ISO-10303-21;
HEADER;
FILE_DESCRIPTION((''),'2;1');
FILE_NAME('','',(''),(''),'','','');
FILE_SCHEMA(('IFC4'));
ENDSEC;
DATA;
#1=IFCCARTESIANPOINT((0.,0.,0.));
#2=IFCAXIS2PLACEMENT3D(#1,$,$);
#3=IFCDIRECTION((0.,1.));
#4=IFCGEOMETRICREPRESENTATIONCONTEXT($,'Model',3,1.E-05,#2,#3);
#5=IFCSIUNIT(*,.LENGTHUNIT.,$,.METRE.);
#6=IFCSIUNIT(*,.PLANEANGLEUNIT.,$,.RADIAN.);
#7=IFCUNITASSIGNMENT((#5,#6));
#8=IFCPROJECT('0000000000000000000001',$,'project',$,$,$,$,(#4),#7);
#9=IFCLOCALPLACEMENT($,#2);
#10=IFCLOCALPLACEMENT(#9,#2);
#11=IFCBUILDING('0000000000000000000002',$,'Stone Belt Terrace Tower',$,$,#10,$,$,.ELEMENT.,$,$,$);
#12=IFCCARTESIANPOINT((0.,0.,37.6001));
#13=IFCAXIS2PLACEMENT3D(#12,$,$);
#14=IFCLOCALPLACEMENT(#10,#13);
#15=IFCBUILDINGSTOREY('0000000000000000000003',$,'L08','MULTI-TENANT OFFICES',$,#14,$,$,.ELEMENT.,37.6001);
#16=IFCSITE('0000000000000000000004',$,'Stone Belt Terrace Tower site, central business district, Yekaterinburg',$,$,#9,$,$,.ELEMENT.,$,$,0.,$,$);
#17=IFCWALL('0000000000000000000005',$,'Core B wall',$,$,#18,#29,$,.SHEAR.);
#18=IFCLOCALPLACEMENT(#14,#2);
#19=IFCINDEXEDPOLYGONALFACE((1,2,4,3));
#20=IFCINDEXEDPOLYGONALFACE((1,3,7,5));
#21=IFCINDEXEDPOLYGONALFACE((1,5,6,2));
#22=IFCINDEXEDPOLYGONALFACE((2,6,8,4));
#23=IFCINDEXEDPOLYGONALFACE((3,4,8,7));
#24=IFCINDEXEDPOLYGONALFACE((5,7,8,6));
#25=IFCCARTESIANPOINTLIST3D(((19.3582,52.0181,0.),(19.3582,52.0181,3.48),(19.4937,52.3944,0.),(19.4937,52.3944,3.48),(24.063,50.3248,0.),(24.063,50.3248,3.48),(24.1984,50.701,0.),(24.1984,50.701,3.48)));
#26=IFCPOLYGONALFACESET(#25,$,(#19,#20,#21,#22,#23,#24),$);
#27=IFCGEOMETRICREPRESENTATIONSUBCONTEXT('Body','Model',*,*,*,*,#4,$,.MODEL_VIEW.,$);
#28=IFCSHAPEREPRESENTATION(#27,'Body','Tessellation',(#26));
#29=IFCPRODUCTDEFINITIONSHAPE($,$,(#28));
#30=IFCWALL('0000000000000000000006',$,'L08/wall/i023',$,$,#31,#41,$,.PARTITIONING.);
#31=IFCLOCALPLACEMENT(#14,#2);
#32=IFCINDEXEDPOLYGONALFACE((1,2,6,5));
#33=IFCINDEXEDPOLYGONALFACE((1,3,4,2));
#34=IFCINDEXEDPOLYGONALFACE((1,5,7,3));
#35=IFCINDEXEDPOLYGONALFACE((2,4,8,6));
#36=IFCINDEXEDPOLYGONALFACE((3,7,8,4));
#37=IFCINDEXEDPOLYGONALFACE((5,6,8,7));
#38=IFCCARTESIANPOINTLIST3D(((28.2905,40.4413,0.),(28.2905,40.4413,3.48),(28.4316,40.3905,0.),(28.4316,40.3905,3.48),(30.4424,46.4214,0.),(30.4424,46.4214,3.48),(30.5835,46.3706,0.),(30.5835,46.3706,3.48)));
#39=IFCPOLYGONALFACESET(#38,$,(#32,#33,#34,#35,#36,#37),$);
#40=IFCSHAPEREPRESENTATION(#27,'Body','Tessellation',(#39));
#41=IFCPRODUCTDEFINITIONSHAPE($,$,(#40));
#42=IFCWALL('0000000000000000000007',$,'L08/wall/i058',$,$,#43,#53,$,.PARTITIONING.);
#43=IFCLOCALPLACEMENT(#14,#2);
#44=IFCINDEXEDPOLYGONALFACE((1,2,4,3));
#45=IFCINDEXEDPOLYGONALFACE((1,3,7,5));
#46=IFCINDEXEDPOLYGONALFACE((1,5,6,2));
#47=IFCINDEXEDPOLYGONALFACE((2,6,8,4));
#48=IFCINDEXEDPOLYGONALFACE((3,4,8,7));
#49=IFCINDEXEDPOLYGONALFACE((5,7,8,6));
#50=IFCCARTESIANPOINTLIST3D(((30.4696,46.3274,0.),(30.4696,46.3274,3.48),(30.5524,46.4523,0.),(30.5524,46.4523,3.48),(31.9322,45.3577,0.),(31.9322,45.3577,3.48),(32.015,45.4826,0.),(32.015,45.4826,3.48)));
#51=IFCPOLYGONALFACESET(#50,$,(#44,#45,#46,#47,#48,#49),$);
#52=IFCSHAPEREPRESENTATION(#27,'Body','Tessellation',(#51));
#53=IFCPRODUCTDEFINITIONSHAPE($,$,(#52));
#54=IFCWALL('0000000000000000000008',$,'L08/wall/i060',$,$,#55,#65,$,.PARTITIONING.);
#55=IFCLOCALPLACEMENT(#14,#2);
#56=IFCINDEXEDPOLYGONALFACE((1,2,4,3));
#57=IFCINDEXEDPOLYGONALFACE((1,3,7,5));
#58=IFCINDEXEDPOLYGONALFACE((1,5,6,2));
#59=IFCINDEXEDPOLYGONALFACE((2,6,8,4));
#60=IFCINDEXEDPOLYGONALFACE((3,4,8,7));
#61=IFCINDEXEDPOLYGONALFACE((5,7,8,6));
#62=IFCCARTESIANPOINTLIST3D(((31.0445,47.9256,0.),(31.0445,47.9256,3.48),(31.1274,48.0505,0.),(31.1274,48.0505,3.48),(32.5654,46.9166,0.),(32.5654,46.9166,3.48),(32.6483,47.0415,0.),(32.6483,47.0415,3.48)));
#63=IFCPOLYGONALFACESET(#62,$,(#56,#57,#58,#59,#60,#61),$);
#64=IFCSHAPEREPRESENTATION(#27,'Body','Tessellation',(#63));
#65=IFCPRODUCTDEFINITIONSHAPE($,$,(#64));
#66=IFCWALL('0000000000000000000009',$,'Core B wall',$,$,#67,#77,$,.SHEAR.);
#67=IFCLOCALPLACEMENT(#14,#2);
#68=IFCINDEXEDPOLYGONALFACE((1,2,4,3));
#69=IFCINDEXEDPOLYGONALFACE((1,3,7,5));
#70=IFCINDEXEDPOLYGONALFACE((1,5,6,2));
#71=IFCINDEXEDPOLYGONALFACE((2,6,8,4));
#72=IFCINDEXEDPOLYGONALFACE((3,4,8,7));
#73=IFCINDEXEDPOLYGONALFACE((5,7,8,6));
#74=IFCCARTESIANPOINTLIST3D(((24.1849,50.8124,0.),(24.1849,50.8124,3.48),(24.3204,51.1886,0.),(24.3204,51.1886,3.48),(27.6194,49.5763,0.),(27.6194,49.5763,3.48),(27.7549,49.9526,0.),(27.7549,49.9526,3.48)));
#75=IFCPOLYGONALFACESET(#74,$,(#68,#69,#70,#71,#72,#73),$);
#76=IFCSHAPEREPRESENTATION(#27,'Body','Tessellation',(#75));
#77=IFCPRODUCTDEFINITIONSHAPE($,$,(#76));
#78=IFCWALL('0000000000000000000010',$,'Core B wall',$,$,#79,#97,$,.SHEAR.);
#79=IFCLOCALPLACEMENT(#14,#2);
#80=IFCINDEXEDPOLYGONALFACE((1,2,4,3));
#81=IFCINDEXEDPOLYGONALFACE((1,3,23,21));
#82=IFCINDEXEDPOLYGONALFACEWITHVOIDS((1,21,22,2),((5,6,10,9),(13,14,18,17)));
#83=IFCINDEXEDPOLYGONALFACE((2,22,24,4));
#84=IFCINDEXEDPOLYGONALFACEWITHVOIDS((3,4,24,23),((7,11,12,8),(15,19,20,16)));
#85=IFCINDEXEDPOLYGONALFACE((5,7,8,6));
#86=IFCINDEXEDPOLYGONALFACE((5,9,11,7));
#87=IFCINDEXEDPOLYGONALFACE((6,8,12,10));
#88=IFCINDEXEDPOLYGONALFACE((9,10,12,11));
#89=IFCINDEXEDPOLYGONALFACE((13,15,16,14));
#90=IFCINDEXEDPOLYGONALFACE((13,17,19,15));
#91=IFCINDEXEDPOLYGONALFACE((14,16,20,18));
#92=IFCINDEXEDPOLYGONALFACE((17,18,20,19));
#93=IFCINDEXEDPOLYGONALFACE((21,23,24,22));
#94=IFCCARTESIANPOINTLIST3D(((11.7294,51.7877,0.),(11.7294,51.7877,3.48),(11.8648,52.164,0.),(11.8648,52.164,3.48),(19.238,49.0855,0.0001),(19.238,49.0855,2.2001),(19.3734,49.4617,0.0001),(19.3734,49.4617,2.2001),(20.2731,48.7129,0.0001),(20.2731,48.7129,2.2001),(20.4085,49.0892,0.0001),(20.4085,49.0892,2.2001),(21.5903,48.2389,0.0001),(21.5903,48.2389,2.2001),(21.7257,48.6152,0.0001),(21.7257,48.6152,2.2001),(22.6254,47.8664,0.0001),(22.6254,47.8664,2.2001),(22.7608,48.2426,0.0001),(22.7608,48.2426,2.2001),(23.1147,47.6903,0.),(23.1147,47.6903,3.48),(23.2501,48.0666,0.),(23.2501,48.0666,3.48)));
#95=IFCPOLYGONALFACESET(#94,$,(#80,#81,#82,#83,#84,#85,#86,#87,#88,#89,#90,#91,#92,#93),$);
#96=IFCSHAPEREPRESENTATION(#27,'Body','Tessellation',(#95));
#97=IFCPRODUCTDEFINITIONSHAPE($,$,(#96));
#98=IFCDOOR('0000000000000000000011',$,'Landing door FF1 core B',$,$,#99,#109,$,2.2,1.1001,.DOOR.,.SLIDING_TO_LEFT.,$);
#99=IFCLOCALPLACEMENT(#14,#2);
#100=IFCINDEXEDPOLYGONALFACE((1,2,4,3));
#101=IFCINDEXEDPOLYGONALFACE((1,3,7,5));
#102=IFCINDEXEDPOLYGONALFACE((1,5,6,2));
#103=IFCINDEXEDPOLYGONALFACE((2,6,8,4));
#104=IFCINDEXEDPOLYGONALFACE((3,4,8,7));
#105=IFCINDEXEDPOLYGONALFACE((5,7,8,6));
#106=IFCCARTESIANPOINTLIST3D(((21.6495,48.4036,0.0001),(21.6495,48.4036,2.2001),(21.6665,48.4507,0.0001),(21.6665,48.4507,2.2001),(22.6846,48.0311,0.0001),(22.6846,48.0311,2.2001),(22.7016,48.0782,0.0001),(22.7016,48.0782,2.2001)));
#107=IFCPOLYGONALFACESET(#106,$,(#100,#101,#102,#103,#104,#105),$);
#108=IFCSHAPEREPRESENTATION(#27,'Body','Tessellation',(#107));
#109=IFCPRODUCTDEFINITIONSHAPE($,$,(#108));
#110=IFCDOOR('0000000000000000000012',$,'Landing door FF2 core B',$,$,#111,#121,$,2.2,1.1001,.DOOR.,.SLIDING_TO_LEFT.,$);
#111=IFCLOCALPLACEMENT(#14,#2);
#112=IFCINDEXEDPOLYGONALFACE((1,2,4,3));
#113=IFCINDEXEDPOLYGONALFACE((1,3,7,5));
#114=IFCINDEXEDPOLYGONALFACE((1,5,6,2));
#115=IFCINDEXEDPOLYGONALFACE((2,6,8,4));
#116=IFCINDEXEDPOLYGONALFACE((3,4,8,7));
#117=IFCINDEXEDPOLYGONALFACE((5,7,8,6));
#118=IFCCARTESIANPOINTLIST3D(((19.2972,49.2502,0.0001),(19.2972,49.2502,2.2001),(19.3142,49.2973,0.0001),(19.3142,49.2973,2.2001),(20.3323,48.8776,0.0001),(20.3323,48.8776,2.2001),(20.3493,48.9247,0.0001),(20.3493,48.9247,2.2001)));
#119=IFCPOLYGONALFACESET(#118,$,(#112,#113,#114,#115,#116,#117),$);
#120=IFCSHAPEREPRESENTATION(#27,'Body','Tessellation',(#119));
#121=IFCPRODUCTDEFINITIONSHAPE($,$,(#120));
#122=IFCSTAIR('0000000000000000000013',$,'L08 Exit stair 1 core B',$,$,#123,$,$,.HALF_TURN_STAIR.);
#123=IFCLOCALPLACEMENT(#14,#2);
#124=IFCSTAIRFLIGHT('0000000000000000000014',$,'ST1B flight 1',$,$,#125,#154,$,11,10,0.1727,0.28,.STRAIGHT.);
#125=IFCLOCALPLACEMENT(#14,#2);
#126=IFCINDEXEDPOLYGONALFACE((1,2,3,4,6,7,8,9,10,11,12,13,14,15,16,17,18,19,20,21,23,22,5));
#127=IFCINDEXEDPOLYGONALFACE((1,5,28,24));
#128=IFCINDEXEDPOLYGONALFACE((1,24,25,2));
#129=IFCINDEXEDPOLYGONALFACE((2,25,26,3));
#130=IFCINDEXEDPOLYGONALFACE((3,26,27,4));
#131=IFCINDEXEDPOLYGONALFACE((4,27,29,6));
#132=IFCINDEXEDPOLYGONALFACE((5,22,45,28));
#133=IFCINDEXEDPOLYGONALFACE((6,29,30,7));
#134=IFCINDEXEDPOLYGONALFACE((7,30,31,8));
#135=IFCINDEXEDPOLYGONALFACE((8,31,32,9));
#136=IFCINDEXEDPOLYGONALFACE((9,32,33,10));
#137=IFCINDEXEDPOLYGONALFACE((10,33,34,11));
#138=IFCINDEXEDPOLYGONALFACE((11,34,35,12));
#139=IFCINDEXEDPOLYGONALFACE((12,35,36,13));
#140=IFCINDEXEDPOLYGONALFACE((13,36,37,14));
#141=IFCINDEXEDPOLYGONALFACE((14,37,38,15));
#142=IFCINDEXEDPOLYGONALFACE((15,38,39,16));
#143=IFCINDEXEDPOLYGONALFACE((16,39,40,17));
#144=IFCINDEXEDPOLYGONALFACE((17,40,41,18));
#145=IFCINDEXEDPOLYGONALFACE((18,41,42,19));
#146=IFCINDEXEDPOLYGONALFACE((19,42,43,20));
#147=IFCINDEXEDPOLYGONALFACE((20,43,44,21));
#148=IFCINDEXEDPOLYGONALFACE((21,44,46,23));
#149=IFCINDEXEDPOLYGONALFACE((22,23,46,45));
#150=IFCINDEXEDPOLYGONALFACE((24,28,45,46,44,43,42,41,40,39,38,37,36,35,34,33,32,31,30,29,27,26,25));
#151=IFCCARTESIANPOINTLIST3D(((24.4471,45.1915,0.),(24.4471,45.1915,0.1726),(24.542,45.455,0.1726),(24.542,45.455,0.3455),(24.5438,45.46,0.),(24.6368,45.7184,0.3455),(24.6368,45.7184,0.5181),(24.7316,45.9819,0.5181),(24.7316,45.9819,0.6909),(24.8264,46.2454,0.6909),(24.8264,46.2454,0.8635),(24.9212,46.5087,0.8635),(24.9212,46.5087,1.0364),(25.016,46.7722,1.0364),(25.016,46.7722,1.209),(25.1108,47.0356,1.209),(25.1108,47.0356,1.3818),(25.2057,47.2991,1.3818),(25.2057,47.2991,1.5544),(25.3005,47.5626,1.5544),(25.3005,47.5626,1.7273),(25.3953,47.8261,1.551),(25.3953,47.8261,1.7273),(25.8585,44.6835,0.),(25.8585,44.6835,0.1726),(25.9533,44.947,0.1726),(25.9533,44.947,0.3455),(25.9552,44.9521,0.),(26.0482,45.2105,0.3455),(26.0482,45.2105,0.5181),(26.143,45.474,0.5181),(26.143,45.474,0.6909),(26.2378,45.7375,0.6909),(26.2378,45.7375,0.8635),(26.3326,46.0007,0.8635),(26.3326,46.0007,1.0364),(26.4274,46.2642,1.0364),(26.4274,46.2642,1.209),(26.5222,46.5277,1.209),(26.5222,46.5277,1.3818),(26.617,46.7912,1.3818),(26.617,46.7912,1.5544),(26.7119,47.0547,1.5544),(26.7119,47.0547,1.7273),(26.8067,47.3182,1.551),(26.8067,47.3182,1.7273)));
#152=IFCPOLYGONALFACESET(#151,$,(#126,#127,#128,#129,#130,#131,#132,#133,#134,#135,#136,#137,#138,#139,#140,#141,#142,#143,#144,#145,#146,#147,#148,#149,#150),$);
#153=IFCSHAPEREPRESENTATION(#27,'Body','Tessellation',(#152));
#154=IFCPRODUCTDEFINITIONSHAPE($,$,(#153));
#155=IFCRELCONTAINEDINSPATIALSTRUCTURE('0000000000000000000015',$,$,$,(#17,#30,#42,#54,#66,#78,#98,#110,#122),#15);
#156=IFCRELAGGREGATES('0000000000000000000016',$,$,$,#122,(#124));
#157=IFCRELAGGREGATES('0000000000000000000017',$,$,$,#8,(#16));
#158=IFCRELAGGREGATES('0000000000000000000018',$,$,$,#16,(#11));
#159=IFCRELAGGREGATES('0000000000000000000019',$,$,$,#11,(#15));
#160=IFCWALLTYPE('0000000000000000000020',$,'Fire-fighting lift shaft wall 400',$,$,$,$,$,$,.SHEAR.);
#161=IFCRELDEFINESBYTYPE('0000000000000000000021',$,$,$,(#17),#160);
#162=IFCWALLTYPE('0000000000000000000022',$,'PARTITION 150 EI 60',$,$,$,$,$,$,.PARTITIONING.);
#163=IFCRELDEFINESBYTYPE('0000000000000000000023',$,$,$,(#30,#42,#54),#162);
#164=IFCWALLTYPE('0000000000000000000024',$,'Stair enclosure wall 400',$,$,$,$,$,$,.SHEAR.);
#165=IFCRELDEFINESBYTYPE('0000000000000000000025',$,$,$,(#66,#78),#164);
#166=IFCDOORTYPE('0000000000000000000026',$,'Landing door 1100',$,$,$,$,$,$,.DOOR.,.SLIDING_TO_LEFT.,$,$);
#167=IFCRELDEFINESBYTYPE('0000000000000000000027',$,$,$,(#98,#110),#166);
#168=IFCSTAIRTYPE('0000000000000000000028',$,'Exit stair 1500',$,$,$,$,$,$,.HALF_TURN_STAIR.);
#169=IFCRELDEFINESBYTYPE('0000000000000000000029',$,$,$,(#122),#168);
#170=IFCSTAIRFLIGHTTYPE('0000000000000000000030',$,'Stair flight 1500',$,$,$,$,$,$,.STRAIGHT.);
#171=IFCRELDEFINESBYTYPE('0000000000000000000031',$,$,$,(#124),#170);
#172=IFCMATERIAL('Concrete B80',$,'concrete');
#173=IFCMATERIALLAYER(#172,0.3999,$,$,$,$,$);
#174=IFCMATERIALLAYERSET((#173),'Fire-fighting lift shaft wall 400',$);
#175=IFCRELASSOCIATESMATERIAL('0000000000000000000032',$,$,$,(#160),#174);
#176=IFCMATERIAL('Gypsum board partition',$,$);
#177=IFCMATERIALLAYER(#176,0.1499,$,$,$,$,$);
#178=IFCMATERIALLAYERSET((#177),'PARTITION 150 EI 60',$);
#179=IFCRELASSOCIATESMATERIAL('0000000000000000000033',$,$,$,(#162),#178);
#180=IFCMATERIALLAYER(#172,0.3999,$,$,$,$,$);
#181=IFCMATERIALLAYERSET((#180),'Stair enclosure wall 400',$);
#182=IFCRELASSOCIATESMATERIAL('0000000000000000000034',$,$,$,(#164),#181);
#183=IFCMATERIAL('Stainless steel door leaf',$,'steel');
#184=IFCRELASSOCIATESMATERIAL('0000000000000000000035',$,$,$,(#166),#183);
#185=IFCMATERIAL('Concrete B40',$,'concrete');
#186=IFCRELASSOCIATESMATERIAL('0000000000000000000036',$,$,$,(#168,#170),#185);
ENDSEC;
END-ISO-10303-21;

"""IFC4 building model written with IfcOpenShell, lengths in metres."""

from ifc_helpers import new_model, si_unit, direction, frame, frame_2d, origin, place, context, subcontext, project, spatial, polyline, rectangle, outline, extrude, material, layer, layer_set, type_object, element, fill, aggregate, save


model = new_model("IFC4")

# Units and contexts
model_context = context("Model", 3, precision=1e-05, world=origin(), true_north=direction((0.0, 1.0)))
body_context = subcontext(model_context, "Body", "Model", "MODEL_VIEW")
ifc_project = project(units=[si_unit("LENGTHUNIT", "METRE"), si_unit("PLANEANGLEUNIT", "RADIAN")], contexts=[model_context])

# Site, building, storey
site_placement = place(None, origin())
site = spatial("IfcSite", under=ifc_project, at=site_placement, Name="Stone Belt Terrace Tower site, central business district, Yekaterinburg", CompositionType="ELEMENT", RefElevation=0.0)
building_placement = place(site_placement, origin())
building = spatial("IfcBuilding", under=site, at=building_placement, Name="Stone Belt Terrace Tower", CompositionType="ELEMENT")
storey_placement = place(building_placement, frame((0.0, 0.0, 37.6001)))
storey = spatial("IfcBuildingStorey", under=building, at=storey_placement, Name="L08", Description="MULTI-TENANT OFFICES", CompositionType="ELEMENT", Elevation=37.6001)

# Walls
ifc_material_1 = material(Name="Concrete B80", Category="concrete")
ifc_layer_1 = layer(ifc_material_1, 0.3999)
ifc_layer_set_1 = layer_set([ifc_layer_1], Name="Fire-fighting lift shaft wall 400")
wall_type_1 = type_object("IfcWallType", Name="Fire-fighting lift shaft wall 400", PredefinedType="SHEAR", material=ifc_layer_set_1)
wall_1_placement = place(storey_placement, frame((24.1306, 50.5129, 0.0), z_axis=(0.0, 0.0, 1.0), x_axis=(-0.940912, 0.338652, 0.0)))
element("IfcWall", 1, at=wall_1_placement, inside=storey, type_object=wall_type_1, Name="Core B wall", PredefinedType="SHEAR", context=body_context, shape_type="SweptSolid", body=[
    extrude(rectangle(XDim=5.0002, YDim=0.3999, at=frame_2d((2.5, 0.0))), origin(), (0.0, 0.0, 1.0), 3.48),
])
ifc_material_2 = material(Name="Gypsum board partition")
ifc_layer_2 = layer(ifc_material_2, 0.1499)
ifc_layer_set_2 = layer_set([ifc_layer_2], Name="PARTITION 150 EI 60")
wall_type_2 = type_object("IfcWallType", Name="PARTITION 150 EI 60", PredefinedType="PARTITIONING", material=ifc_layer_set_2)
wall_2_placement = place(storey_placement, frame((30.5129, 46.396, 0.0), z_axis=(0.0, 0.0, 1.0), x_axis=(-0.338589, -0.940934, 0.0)))
element("IfcWall", 2, at=wall_2_placement, inside=storey, type_object=wall_type_2, Name="L08/wall/i023", PredefinedType="PARTITIONING", context=body_context, shape_type="SweptSolid", body=[
    extrude(rectangle(XDim=6.3555, YDim=0.1499, at=frame_2d((3.1777, 0.0))), origin(), (0.0, 0.0, 1.0), 3.48),
])
wall_3_placement = place(storey_placement, frame((31.9736, 45.4202, 0.0), z_axis=(0.0, 0.0, 1.0), x_axis=(-0.83346, 0.55258, 0.0)))
element("IfcWall", 3, at=wall_3_placement, inside=storey, type_object=wall_type_2, Name="L08/wall/i058", PredefinedType="PARTITIONING", context=body_context, shape_type="SweptSolid", body=[
    extrude(rectangle(XDim=1.7549, YDim=0.1499, at=frame_2d((0.8774, 0.0))), origin(), (0.0, 0.0, 1.0), 3.48),
])
wall_4_placement = place(storey_placement, frame((31.0859, 47.988, 0.0), z_axis=(0.0, 0.0, 1.0), x_axis=(0.833303, -0.552816, 0.0)))
element("IfcWall", 4, at=wall_4_placement, inside=storey, type_object=wall_type_2, Name="L08/wall/i060", PredefinedType="PARTITIONING", context=body_context, shape_type="SweptSolid", body=[
    extrude(rectangle(XDim=1.8252, YDim=0.1499, at=frame_2d((0.9126, 0.0))), origin(), (0.0, 0.0, 1.0), 3.48),
])
ifc_layer_3 = layer(ifc_material_1, 0.3999)
ifc_layer_set_3 = layer_set([ifc_layer_3], Name="Stair enclosure wall 400")
wall_type_3 = type_object("IfcWallType", Name="Stair enclosure wall 400", PredefinedType="SHEAR", material=ifc_layer_set_3)
wall_5_placement = place(storey_placement, frame((27.6873, 49.7644, 0.0), z_axis=(0.0, 0.0, 1.0), x_axis=(-0.940919, 0.338632, 0.0)))
element("IfcWall", 5, at=wall_5_placement, inside=storey, type_object=wall_type_3, Name="Core B wall", PredefinedType="SHEAR", context=body_context, shape_type="SweptSolid", body=[
    extrude(rectangle(XDim=3.6501, YDim=0.3999, at=frame_2d((1.8252, 0.0))), origin(), (0.0, 0.0, 1.0), 3.48),
])

# Wall, openings, doors
wall_6_placement = place(storey_placement, frame((23.1824, 47.8784, 0.0), z_axis=(0.0, 0.0, 1.0), x_axis=(-0.940921, 0.338626, 0.0)))
wall_6 = element("IfcWall", 6, at=wall_6_placement, inside=storey, type_object=wall_type_3, Name="Core B wall", PredefinedType="SHEAR", context=body_context, shape_type="SweptSolid", body=[
    extrude(rectangle(XDim=12.1001, YDim=0.3999, at=frame_2d((6.05, 0.0))), origin(), (0.0, 0.0, 1.0), 3.48),
])
opening_1_placement = place(wall_6_placement, frame((0.52, 0.0, 0.0)))
opening_1 = element("IfcOpeningElement", 7, at=opening_1_placement, cuts=wall_6, PredefinedType="OPENING", context=body_context, shape_type="SweptSolid", body=[
    extrude(rectangle(XDim=1.1001, YDim=2.2, at=frame_2d((0.55, 1.1001))), frame((0.0, 0.21, 0.0), z_axis=(0.0, -1.0, 0.0), x_axis=(1.0, 0.0, 0.0)), (0.0, 0.0, 1.0), 0.4199),
])
opening_2_placement = place(wall_6_placement, frame((3.02, 0.0, 0.0)))
opening_2 = element("IfcOpeningElement", 8, at=opening_2_placement, cuts=wall_6, PredefinedType="OPENING", context=body_context, shape_type="SweptSolid", body=[
    extrude(rectangle(XDim=1.1001, YDim=2.2, at=frame_2d((0.55, 1.1001))), frame((0.0, 0.21, 0.0), z_axis=(0.0, -1.0, 0.0), x_axis=(1.0, 0.0, 0.0)), (0.0, 0.0, 1.0), 0.4199),
])
ifc_material_3 = material(Name="Stainless steel door leaf", Category="steel")
door_type = type_object("IfcDoorType", Name="Landing door 1100", OperationType="SLIDING_TO_LEFT", PredefinedType="DOOR", material=ifc_material_3)
door_1_placement = place(opening_1_placement, origin())
door_1 = element("IfcDoor", 9, at=door_1_placement, inside=storey, type_object=door_type, Name="Landing door FF1 core B", OperationType="SLIDING_TO_LEFT", OverallHeight=2.2, OverallWidth=1.1001, PredefinedType="DOOR", context=body_context, shape_type="SweptSolid", body=[
    extrude(rectangle(XDim=1.1001, YDim=2.2, at=frame_2d((0.55, 1.1001))), frame((0.0, 0.0249, 0.0), z_axis=(0.0, -1.0, 0.0), x_axis=(1.0, 0.0, 0.0)), (0.0, 0.0, 1.0), 0.05),
])
fill(opening_1, door_1)
door_2_placement = place(opening_2_placement, origin())
door_2 = element("IfcDoor", 10, at=door_2_placement, inside=storey, type_object=door_type, Name="Landing door FF2 core B", OperationType="SLIDING_TO_LEFT", OverallHeight=2.2, OverallWidth=1.1001, PredefinedType="DOOR", context=body_context, shape_type="SweptSolid", body=[
    extrude(rectangle(XDim=1.1001, YDim=2.2, at=frame_2d((0.55, 1.1001))), frame((0.0, 0.0249, 0.0), z_axis=(0.0, -1.0, 0.0), x_axis=(1.0, 0.0, 0.0)), (0.0, 0.0, 1.0), 0.05),
])
fill(opening_2, door_2)

# Stair, stair flight
ifc_material_4 = material(Name="Concrete B40", Category="concrete")
stair_type = type_object("IfcStairType", Name="Exit stair 1500", PredefinedType="HALF_TURN_STAIR", material=ifc_material_4)
stair_placement = place(storey_placement, origin())
stair = element("IfcStair", 11, at=stair_placement, inside=storey, type_object=stair_type, Name="L08 Exit stair 1 core B", PredefinedType="HALF_TURN_STAIR")
stair_flight_type = type_object("IfcStairFlightType", Name="Stair flight 1500", PredefinedType="STRAIGHT", material=ifc_material_4)
stair_flight_1_placement = place(storey_placement, frame((25.1528, 44.9375, 0.0), z_axis=(0.0, 0.0, 1.0), x_axis=(0.338624, 0.940922, 0.0)))
stair_flight_1 = element("IfcStairFlight", 12, at=stair_flight_1_placement, type_object=stair_flight_type, Name="ST1B flight 1", NumberOfRisers=11, NumberOfTreads=10, PredefinedType="STRAIGHT", RiserHeight=0.1727, TreadLength=0.28, context=body_context, shape_type="SweptSolid", body=[
    extrude(outline(polyline([(0.0, 0.0), (0.0, 0.1726), (0.28, 0.1726), (0.28, 0.3455), (0.5601, 0.3455), (0.5601, 0.5181), (0.8401, 0.5181), (0.8401, 0.6909), (1.1201, 0.6909), (1.1201, 0.8635), (1.3999, 0.8635), (1.3999, 1.0364), (1.6799, 1.0364), (1.6799, 1.209), (1.96, 1.209), (1.96, 1.3818), (2.24, 1.3818), (2.24, 1.5544), (2.52, 1.5544), (2.52, 1.7273), (2.8, 1.7273), (2.8, 1.8999), (2.8, 1.551), (0.2854, 0.0), (0.0, 0.0)])), frame((0.0, 0.75, 0.0), z_axis=(0.0, -1.0, 0.0), x_axis=(1.0, 0.0, 0.0)), (0.0, 0.0, 1.0), 1.5),
])
aggregate(stair, [stair_flight_1])

save(model, "model.ifc")
